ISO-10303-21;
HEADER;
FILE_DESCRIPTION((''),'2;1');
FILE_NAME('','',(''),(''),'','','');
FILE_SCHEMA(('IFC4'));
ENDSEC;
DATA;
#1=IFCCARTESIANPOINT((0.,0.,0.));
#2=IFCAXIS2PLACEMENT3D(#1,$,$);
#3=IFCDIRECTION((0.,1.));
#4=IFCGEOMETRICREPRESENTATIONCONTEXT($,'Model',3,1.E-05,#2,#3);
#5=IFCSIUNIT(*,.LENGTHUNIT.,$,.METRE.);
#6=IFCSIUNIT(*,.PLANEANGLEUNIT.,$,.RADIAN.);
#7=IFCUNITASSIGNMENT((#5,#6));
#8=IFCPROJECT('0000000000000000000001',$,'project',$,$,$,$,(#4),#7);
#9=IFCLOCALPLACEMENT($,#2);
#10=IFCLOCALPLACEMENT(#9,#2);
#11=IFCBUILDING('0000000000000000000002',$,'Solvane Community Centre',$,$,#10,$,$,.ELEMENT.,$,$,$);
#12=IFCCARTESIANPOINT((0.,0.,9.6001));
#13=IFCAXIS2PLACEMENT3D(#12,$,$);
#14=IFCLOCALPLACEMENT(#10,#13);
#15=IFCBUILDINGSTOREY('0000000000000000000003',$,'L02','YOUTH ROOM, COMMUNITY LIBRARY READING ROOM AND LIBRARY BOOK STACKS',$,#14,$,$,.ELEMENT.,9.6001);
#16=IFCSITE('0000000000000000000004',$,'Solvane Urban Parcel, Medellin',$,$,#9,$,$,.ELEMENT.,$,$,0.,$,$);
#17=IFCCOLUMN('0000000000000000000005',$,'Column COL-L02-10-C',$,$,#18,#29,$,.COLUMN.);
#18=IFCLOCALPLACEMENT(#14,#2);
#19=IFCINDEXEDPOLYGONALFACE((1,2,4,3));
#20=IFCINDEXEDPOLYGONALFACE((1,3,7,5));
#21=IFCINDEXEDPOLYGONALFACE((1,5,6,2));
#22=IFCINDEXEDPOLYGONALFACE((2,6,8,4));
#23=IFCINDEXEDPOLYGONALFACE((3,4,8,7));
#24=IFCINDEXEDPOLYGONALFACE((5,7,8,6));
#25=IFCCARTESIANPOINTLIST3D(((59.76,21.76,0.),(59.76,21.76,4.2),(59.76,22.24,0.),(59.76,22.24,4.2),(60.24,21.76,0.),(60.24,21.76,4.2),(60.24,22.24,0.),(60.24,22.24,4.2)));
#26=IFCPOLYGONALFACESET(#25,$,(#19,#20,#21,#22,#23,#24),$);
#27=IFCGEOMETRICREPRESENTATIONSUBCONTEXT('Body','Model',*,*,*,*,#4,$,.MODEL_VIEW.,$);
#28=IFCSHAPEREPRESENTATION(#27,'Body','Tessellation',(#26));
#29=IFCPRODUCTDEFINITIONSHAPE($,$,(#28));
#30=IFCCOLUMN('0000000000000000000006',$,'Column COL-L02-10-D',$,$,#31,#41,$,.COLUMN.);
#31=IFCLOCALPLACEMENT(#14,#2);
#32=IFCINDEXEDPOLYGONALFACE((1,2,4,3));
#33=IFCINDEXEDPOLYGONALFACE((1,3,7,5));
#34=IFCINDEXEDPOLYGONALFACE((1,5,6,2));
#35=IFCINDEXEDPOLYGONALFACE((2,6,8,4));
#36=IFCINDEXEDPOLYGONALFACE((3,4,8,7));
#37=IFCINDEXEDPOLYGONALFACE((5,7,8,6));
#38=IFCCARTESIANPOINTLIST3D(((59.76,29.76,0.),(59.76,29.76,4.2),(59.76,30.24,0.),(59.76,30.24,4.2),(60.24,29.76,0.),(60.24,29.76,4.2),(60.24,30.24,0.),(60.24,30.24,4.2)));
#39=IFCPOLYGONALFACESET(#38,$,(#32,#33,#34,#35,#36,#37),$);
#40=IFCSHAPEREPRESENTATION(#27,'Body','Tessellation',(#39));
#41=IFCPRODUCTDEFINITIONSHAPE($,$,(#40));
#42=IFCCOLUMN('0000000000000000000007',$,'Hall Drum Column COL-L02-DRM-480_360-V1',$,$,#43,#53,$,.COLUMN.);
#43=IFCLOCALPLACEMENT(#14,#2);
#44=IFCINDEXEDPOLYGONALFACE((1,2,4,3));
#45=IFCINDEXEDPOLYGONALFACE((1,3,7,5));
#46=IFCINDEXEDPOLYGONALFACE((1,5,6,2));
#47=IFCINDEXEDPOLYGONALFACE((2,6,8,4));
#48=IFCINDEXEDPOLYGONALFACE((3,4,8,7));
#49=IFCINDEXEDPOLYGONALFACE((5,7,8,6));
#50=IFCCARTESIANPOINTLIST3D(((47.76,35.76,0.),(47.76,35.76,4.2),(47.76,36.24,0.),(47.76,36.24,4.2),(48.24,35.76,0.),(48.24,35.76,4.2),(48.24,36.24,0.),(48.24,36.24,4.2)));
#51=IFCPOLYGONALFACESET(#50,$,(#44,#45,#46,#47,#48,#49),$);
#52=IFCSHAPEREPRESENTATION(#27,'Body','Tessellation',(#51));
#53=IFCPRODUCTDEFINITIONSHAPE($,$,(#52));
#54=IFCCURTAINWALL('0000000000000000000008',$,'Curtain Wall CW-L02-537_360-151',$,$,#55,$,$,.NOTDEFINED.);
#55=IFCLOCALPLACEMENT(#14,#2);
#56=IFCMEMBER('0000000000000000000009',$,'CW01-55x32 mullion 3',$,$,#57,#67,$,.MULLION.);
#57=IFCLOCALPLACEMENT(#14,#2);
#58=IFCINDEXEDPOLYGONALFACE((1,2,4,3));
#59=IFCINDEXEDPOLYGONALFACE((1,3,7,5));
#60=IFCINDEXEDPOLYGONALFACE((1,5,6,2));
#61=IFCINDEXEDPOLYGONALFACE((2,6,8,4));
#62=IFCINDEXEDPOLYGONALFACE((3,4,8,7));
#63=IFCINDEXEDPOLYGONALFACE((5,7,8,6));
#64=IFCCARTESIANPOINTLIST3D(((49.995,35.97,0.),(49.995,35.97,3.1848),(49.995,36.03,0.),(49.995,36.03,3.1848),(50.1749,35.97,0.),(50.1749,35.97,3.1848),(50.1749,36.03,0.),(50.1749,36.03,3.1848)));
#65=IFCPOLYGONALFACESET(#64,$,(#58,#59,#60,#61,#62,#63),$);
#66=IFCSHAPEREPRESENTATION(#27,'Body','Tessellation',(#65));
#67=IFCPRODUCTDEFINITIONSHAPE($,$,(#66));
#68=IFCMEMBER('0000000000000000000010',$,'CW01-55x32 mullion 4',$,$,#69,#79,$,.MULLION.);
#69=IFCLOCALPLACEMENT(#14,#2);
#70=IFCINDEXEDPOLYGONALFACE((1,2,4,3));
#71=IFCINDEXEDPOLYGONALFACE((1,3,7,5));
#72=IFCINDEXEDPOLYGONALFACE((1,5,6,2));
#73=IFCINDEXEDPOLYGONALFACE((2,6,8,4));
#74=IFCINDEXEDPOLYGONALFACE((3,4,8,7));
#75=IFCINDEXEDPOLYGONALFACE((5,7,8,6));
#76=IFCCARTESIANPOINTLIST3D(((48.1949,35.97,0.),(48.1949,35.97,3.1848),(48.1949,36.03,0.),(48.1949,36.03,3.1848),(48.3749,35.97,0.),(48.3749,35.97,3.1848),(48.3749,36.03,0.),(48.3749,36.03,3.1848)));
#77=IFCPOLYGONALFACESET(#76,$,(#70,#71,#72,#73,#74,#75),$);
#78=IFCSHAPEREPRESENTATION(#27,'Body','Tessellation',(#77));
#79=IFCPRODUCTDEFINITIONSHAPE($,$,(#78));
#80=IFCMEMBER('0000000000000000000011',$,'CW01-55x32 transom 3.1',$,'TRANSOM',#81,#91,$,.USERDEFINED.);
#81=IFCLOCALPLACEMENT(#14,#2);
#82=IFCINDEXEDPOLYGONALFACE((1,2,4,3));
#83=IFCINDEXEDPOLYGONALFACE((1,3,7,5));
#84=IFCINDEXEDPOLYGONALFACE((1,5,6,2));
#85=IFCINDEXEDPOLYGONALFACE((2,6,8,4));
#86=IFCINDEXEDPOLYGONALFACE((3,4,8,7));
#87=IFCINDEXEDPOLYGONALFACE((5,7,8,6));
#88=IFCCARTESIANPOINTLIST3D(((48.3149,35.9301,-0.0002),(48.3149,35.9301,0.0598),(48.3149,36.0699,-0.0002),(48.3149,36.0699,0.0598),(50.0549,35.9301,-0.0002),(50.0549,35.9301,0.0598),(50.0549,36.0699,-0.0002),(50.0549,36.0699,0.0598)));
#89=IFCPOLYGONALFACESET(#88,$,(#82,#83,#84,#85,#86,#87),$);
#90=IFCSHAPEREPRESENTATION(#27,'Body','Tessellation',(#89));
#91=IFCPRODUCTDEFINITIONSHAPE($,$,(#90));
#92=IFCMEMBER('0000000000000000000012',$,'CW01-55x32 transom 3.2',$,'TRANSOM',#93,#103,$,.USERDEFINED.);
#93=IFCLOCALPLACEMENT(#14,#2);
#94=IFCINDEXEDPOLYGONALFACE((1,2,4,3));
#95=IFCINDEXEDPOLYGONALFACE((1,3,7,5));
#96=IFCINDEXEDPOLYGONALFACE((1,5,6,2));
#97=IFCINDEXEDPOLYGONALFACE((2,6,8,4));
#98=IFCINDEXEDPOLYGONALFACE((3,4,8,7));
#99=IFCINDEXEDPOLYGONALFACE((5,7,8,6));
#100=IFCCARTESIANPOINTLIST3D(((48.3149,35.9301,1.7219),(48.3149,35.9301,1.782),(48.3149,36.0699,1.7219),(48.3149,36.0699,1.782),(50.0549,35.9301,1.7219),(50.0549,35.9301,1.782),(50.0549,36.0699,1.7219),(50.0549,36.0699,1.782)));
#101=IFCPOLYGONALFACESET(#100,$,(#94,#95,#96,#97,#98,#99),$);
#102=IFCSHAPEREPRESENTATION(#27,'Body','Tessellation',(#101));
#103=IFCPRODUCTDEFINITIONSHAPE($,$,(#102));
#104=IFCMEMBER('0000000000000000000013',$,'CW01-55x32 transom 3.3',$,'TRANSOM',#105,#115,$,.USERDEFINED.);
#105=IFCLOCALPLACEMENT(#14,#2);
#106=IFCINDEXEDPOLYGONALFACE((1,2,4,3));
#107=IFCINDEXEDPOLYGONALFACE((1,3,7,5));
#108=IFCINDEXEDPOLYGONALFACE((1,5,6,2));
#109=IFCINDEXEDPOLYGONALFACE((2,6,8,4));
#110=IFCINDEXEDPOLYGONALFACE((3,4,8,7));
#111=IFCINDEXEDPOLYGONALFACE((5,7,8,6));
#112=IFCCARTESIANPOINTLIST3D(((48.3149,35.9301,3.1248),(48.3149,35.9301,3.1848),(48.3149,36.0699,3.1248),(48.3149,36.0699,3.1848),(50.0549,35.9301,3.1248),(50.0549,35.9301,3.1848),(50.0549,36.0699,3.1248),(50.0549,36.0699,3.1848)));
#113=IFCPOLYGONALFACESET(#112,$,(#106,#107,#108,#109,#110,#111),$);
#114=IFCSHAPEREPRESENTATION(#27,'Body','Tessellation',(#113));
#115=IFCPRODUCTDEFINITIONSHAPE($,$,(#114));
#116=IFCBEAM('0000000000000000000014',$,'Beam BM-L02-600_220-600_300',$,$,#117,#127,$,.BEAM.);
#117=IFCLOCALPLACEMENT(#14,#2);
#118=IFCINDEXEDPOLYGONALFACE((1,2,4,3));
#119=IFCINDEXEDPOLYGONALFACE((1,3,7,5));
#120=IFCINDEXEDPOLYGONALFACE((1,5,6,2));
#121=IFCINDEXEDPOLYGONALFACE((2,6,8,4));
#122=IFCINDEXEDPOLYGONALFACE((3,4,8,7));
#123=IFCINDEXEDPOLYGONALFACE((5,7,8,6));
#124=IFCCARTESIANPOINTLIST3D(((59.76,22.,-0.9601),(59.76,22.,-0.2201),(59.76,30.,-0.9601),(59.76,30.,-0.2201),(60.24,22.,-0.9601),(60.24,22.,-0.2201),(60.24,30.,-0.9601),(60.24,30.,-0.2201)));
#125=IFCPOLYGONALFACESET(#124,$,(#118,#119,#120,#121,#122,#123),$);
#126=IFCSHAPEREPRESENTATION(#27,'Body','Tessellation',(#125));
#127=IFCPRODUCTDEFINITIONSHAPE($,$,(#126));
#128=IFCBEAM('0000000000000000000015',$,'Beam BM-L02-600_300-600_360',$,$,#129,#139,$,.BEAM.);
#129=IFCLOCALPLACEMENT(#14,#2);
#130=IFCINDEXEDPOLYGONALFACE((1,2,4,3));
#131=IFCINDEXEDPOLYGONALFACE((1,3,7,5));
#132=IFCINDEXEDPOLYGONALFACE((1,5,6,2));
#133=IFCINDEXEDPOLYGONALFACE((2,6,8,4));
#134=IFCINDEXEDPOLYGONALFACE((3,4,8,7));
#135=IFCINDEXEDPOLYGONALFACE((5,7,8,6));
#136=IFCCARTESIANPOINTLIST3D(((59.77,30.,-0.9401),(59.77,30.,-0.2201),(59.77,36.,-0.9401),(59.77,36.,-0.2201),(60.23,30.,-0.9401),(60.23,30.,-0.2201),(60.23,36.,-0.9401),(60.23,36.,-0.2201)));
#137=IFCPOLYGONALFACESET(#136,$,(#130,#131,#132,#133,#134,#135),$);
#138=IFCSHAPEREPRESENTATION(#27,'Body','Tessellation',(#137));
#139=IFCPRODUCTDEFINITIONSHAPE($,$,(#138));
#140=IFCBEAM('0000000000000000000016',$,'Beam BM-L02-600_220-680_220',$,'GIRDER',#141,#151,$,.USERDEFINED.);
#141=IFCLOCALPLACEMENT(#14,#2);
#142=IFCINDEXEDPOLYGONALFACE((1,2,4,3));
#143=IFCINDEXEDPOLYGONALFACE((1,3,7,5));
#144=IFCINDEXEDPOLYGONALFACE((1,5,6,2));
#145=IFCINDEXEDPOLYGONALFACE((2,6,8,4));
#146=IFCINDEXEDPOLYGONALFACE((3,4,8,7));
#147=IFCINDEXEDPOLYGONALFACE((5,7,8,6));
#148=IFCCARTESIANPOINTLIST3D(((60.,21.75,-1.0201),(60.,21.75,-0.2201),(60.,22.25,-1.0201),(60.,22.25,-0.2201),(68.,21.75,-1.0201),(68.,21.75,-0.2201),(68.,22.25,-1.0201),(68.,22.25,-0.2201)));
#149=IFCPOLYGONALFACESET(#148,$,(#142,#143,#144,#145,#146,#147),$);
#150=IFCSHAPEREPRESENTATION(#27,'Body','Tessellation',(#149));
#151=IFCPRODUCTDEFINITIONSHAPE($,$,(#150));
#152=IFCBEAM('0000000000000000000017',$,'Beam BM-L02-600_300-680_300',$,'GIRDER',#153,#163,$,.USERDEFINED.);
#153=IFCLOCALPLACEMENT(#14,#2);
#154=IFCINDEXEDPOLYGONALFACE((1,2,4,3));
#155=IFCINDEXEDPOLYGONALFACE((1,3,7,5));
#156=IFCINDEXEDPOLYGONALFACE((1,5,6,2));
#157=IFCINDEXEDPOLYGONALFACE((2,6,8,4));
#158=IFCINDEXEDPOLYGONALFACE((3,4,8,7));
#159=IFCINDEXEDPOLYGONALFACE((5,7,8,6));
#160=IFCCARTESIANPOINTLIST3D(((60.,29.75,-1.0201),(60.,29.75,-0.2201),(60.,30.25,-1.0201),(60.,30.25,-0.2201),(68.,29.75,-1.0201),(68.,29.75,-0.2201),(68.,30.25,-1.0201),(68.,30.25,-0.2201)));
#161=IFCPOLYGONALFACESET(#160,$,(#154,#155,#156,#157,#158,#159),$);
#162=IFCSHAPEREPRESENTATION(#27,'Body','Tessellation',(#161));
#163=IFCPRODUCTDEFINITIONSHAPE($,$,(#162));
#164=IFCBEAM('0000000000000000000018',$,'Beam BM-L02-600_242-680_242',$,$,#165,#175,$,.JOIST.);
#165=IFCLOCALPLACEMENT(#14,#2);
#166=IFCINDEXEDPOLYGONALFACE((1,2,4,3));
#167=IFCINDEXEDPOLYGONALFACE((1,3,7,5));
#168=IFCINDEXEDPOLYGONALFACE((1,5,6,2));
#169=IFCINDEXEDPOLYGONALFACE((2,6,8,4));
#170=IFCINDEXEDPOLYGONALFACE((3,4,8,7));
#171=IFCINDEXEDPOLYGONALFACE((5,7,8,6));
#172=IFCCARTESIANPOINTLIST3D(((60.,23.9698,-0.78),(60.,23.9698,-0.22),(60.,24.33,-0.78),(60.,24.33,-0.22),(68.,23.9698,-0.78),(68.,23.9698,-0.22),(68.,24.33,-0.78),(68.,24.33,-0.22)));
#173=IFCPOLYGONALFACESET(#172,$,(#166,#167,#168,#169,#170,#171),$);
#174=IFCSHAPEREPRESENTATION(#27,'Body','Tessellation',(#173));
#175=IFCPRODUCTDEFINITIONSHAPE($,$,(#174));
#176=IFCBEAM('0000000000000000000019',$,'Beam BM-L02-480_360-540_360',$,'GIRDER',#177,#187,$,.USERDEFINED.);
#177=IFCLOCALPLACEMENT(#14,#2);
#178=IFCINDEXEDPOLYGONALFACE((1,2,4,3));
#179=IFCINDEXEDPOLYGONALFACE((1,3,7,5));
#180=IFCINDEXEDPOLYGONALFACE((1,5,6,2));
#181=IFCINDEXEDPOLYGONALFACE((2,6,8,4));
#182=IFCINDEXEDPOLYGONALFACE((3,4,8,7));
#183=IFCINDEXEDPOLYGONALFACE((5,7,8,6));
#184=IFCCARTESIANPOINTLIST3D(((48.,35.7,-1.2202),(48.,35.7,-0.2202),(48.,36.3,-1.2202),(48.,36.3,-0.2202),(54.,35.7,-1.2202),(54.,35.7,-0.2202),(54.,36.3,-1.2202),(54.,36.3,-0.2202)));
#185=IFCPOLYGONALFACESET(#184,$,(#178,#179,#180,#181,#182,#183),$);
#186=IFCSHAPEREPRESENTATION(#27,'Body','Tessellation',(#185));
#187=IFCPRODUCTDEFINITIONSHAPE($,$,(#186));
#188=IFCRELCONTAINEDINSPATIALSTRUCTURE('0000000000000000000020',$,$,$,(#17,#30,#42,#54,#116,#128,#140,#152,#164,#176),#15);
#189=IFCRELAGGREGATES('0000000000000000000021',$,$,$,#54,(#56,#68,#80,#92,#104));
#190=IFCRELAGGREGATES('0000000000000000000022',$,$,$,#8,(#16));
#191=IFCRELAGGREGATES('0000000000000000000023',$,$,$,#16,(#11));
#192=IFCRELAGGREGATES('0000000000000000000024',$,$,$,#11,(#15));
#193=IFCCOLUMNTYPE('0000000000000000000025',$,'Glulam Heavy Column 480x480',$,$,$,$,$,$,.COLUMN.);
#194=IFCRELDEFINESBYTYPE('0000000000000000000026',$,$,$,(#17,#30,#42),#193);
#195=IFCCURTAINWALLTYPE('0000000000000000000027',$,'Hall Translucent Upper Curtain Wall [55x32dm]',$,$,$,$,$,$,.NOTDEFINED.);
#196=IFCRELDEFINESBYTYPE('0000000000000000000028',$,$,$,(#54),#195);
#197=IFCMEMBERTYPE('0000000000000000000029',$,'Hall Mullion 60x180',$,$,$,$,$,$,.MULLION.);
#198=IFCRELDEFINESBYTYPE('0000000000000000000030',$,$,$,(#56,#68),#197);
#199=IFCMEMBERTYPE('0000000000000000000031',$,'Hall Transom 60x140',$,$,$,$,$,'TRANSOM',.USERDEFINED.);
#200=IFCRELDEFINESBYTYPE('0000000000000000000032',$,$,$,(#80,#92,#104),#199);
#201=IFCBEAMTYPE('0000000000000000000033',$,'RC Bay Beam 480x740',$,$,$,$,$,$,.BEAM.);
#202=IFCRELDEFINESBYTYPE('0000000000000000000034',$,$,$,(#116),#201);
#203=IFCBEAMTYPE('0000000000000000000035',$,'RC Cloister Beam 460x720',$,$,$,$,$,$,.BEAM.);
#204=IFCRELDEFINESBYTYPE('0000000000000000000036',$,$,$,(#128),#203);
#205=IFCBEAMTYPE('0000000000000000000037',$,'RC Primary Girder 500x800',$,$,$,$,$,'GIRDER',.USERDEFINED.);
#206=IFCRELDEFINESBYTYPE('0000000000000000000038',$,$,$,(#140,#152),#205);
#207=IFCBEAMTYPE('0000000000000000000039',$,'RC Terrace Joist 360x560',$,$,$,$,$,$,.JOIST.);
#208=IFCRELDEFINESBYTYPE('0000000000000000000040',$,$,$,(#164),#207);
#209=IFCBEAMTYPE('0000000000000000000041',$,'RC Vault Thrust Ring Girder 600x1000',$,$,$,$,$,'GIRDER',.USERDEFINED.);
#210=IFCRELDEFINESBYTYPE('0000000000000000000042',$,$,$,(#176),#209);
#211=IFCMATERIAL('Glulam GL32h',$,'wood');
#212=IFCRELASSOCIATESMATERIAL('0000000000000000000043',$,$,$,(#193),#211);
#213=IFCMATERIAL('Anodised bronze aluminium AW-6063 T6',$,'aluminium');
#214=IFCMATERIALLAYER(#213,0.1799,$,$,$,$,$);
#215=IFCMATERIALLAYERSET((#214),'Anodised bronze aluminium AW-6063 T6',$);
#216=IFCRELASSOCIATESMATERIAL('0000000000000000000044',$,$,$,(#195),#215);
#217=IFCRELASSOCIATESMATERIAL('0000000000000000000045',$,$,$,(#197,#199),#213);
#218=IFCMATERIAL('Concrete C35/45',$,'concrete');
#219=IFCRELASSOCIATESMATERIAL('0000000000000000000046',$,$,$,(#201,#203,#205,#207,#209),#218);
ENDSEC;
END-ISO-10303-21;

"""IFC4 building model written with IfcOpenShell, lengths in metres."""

from ifc_helpers import new_model, si_unit, direction, frame, origin, origin_2d, place, context, subcontext, project, spatial, rectangle, extrude, material, layer, layer_set, material_profile, profile_set, type_object, element, aggregate, save


model = new_model("IFC4")

# Units and contexts
model_context = context("Model", 3, precision=1e-05, world=origin(), true_north=direction((0.0, 1.0)))
body_context = subcontext(model_context, "Body", "Model", "MODEL_VIEW")
ifc_project = project(units=[si_unit("LENGTHUNIT", "METRE"), si_unit("PLANEANGLEUNIT", "RADIAN")], contexts=[model_context])

# Site, building, storey
site_placement = place(None, origin())
site = spatial("IfcSite", under=ifc_project, at=site_placement, Name="Solvane Urban Parcel, Medellin", CompositionType="ELEMENT", RefElevation=0.0)
building_placement = place(site_placement, origin())
building = spatial("IfcBuilding", under=site, at=building_placement, Name="Solvane Community Centre", CompositionType="ELEMENT")
storey_placement = place(building_placement, frame((0.0, 0.0, 9.6001)))
storey = spatial("IfcBuildingStorey", under=building, at=storey_placement, Name="L02", Description="YOUTH ROOM, COMMUNITY LIBRARY READING ROOM AND LIBRARY BOOK STACKS", CompositionType="ELEMENT", Elevation=9.6001)

# Columns
ifc_material_1 = material(Name="Glulam GL32h", Category="wood")
ifc_material_profile_1 = material_profile(ifc_material_1, rectangle(XDim=0.48, YDim=0.48, at=origin_2d()), Name="GL32h 480x480")
ifc_profile_set_1 = profile_set([ifc_material_profile_1], Name="Glulam GL32h")
column_type = type_object("IfcColumnType", Name="Glulam Heavy Column 480x480", PredefinedType="COLUMN", material=ifc_profile_set_1)
for number, where, z_axis, x_axis, name in (
    (1, (60.0, 22.0, 0.0), (0.0, 0.0, 1.0), (1.0, 0.0, 0.0), "Column COL-L02-10-C"),
    (2, (60.0, 30.0, 0.0), (0.0, 0.0, 1.0), (1.0, 0.0, 0.0), "Column COL-L02-10-D"),
    (3, (48.0, 36.0, 0.0), (0.0, 0.0, 1.0), (1.0, 0.0, 0.0), "Hall Drum Column COL-L02-DRM-480_360-V1"),
):
    element("IfcColumn", number, at=place(storey_placement, frame(where, z_axis=z_axis, x_axis=x_axis)), inside=storey, type_object=column_type, Name=name, PredefinedType="COLUMN", context=body_context, shape_type="SweptSolid", body=[
        extrude(rectangle(XDim=0.48, YDim=0.48, at=origin_2d()), origin(), (0.0, 0.0, 1.0), 4.2),
    ])

# Curtain wall, members
ifc_material_2 = material(Name="Anodised bronze aluminium AW-6063 T6", Category="aluminium")
ifc_layer_1 = layer(ifc_material_2, 0.1799)
ifc_layer_set_1 = layer_set([ifc_layer_1], Name="Anodised bronze aluminium AW-6063 T6")
curtain_wall_type = type_object("IfcCurtainWallType", Name="Hall Translucent Upper Curtain Wall [55x32dm]", PredefinedType="NOTDEFINED", material=ifc_layer_set_1)
curtain_wall_placement = place(storey_placement, origin())
curtain_wall = element("IfcCurtainWall", 4, at=curtain_wall_placement, inside=storey, type_object=curtain_wall_type, Name="Curtain Wall CW-L02-537_360-151", PredefinedType="NOTDEFINED")
ifc_material_profile_2 = material_profile(ifc_material_2, rectangle(XDim=0.0601, YDim=0.1799, at=origin_2d()), Name="CW-M 60x180")
ifc_profile_set_2 = profile_set([ifc_material_profile_2], Name="Anodised bronze aluminium AW-6063 T6")
member_type_1 = type_object("IfcMemberType", Name="Hall Mullion 60x180", PredefinedType="MULLION", material=ifc_profile_set_2)
member_1_placement = place(storey_placement, frame((50.085, 36.0, 0.0), z_axis=(0.0, 0.0, 1.0), x_axis=(0.0, -1.0, 0.0)))
member_1 = element("IfcMember", 5, at=member_1_placement, type_object=member_type_1, Name="CW01-55x32 mullion 3", PredefinedType="MULLION", context=body_context, shape_type="SweptSolid", body=[
    extrude(rectangle(XDim=0.0601, YDim=0.1799, at=origin_2d()), origin(), (0.0, 0.0, 1.0), 3.1848),
])
member_2_placement = place(storey_placement, frame((48.2849, 36.0, 0.0), z_axis=(0.0, 0.0, 1.0), x_axis=(0.0, -1.0, 0.0)))
member_2 = element("IfcMember", 6, at=member_2_placement, type_object=member_type_1, Name="CW01-55x32 mullion 4", PredefinedType="MULLION", context=body_context, shape_type="SweptSolid", body=[
    extrude(rectangle(XDim=0.0601, YDim=0.1799, at=origin_2d()), origin(), (0.0, 0.0, 1.0), 3.1848),
])
ifc_material_profile_3 = material_profile(ifc_material_2, rectangle(XDim=0.1399, YDim=0.0601, at=origin_2d()), Name="CW-T 60x140")
ifc_profile_set_3 = profile_set([ifc_material_profile_3], Name="Anodised bronze aluminium AW-6063 T6")
member_type_2 = type_object("IfcMemberType", Name="Hall Transom 60x140", ElementType="TRANSOM", PredefinedType="USERDEFINED", material=ifc_profile_set_3)
member_3_placement = place(storey_placement, frame((50.0549, 36.0, 0.0298), z_axis=(-1.0, 0.0, 0.0), x_axis=(0.0, -1.0, 0.0)))
member_3 = element("IfcMember", 7, at=member_3_placement, type_object=member_type_2, Name="CW01-55x32 transom 3.1", ObjectType="TRANSOM", PredefinedType="USERDEFINED", context=body_context, shape_type="SweptSolid", body=[
    extrude(rectangle(XDim=0.1399, YDim=0.0601, at=origin_2d()), origin(), (0.0, 0.0, 1.0), 1.74),
])
member_4_placement = place(storey_placement, frame((50.0549, 36.0, 1.752), z_axis=(-1.0, 0.0, 0.0), x_axis=(0.0, -1.0, 0.0)))
member_4 = element("IfcMember", 8, at=member_4_placement, type_object=member_type_2, Name="CW01-55x32 transom 3.2", ObjectType="TRANSOM", PredefinedType="USERDEFINED", context=body_context, shape_type="SweptSolid", body=[
    extrude(rectangle(XDim=0.1399, YDim=0.0601, at=origin_2d()), origin(), (0.0, 0.0, 1.0), 1.74),
])
member_5_placement = place(storey_placement, frame((50.0549, 36.0, 3.1548), z_axis=(-1.0, 0.0, 0.0), x_axis=(0.0, -1.0, 0.0)))
member_5 = element("IfcMember", 9, at=member_5_placement, type_object=member_type_2, Name="CW01-55x32 transom 3.3", ObjectType="TRANSOM", PredefinedType="USERDEFINED", context=body_context, shape_type="SweptSolid", body=[
    extrude(rectangle(XDim=0.1399, YDim=0.0601, at=origin_2d()), origin(), (0.0, 0.0, 1.0), 1.74),
])

# Beams
ifc_material_3 = material(Name="Concrete C35/45", Category="concrete")
ifc_material_profile_4 = material_profile(ifc_material_3, rectangle(XDim=0.48, YDim=0.74, at=origin_2d()), Name="RC 480x740")
ifc_profile_set_4 = profile_set([ifc_material_profile_4], Name="Concrete C35/45")
beam_type_1 = type_object("IfcBeamType", Name="RC Bay Beam 480x740", PredefinedType="BEAM", material=ifc_profile_set_4)
beam_1_placement = place(storey_placement, frame((60.0, 22.0, -0.5901), z_axis=(0.0, 1.0, 0.0), x_axis=(-1.0, 0.0, 0.0)))
element("IfcBeam", 10, at=beam_1_placement, inside=storey, type_object=beam_type_1, Name="Beam BM-L02-600_220-600_300", PredefinedType="BEAM", context=body_context, shape_type="SweptSolid", body=[
    extrude(rectangle(XDim=0.48, YDim=0.74, at=origin_2d()), origin(), (0.0, 0.0, 1.0), 8.0),
])
ifc_material_profile_5 = material_profile(ifc_material_3, rectangle(XDim=0.46, YDim=0.72, at=origin_2d()), Name="RC 460x720")
ifc_profile_set_5 = profile_set([ifc_material_profile_5], Name="Concrete C35/45")
beam_type_2 = type_object("IfcBeamType", Name="RC Cloister Beam 460x720", PredefinedType="BEAM", material=ifc_profile_set_5)
beam_2_placement = place(storey_placement, frame((60.0, 30.0, -0.5801), z_axis=(0.0, 1.0, 0.0), x_axis=(-1.0, 0.0, 0.0)))
element("IfcBeam", 11, at=beam_2_placement, inside=storey, type_object=beam_type_2, Name="Beam BM-L02-600_300-600_360", PredefinedType="BEAM", context=body_context, shape_type="SweptSolid", body=[
    extrude(rectangle(XDim=0.46, YDim=0.72, at=origin_2d()), origin(), (0.0, 0.0, 1.0), 6.0),
])
ifc_material_profile_6 = material_profile(ifc_material_3, rectangle(XDim=0.5, YDim=0.8, at=origin_2d()), Name="RC 500x800")
ifc_profile_set_6 = profile_set([ifc_material_profile_6], Name="Concrete C35/45")
beam_type_3 = type_object("IfcBeamType", Name="RC Primary Girder 500x800", ElementType="GIRDER", PredefinedType="USERDEFINED", material=ifc_profile_set_6)
for number, where, z_axis, x_axis, name in (
    (12, (60.0, 22.0, -0.6201), (1.0, 0.0, 0.0), (0.0, 1.0, 0.0), "Beam BM-L02-600_220-680_220"),
    (13, (60.0, 30.0, -0.6201), (1.0, 0.0, 0.0), (0.0, 1.0, 0.0), "Beam BM-L02-600_300-680_300"),
):
    element("IfcBeam", number, at=place(storey_placement, frame(where, z_axis=z_axis, x_axis=x_axis)), inside=storey, type_object=beam_type_3, Name=name, ObjectType="GIRDER", PredefinedType="USERDEFINED", context=body_context, shape_type="SweptSolid", body=[
        extrude(rectangle(XDim=0.5, YDim=0.8, at=origin_2d()), origin(), (0.0, 0.0, 1.0), 8.0),
    ])
ifc_material_profile_7 = material_profile(ifc_material_3, rectangle(XDim=0.3601, YDim=0.5601, at=origin_2d()), Name="RC 360x560")
ifc_profile_set_7 = profile_set([ifc_material_profile_7], Name="Concrete C35/45")
beam_type_4 = type_object("IfcBeamType", Name="RC Terrace Joist 360x560", PredefinedType="JOIST", material=ifc_profile_set_7)
beam_3_placement = place(storey_placement, frame((60.0, 24.1499, -0.5), z_axis=(1.0, 0.0, 0.0), x_axis=(0.0, 1.0, 0.0)))
element("IfcBeam", 14, at=beam_3_placement, inside=storey, type_object=beam_type_4, Name="Beam BM-L02-600_242-680_242", PredefinedType="JOIST", context=body_context, shape_type="SweptSolid", body=[
    extrude(rectangle(XDim=0.3601, YDim=0.5601, at=origin_2d()), origin(), (0.0, 0.0, 1.0), 8.0),
])
ifc_material_profile_8 = material_profile(ifc_material_3, rectangle(XDim=0.6001, YDim=1.0, at=origin_2d()), Name="RC 600x1000")
ifc_profile_set_8 = profile_set([ifc_material_profile_8], Name="Concrete C35/45")
beam_type_5 = type_object("IfcBeamType", Name="RC Vault Thrust Ring Girder 600x1000", ElementType="GIRDER", PredefinedType="USERDEFINED", material=ifc_profile_set_8)
for number, where, z_axis, x_axis, name in (
    (15, (48.0, 36.0, -0.7202), (1.0, 0.0, 0.0), (0.0, 1.0, 0.0), "Beam BM-L02-480_360-540_360"),
):
    element("IfcBeam", number, at=place(storey_placement, frame(where, z_axis=z_axis, x_axis=x_axis)), inside=storey, type_object=beam_type_5, Name=name, ObjectType="GIRDER", PredefinedType="USERDEFINED", context=body_context, shape_type="SweptSolid", body=[
        extrude(rectangle(XDim=0.6001, YDim=1.0, at=origin_2d()), origin(), (0.0, 0.0, 1.0), 6.0),
    ])

aggregate(curtain_wall, [member_1, member_2, member_3, member_4, member_5])

save(model, "model.ifc")
